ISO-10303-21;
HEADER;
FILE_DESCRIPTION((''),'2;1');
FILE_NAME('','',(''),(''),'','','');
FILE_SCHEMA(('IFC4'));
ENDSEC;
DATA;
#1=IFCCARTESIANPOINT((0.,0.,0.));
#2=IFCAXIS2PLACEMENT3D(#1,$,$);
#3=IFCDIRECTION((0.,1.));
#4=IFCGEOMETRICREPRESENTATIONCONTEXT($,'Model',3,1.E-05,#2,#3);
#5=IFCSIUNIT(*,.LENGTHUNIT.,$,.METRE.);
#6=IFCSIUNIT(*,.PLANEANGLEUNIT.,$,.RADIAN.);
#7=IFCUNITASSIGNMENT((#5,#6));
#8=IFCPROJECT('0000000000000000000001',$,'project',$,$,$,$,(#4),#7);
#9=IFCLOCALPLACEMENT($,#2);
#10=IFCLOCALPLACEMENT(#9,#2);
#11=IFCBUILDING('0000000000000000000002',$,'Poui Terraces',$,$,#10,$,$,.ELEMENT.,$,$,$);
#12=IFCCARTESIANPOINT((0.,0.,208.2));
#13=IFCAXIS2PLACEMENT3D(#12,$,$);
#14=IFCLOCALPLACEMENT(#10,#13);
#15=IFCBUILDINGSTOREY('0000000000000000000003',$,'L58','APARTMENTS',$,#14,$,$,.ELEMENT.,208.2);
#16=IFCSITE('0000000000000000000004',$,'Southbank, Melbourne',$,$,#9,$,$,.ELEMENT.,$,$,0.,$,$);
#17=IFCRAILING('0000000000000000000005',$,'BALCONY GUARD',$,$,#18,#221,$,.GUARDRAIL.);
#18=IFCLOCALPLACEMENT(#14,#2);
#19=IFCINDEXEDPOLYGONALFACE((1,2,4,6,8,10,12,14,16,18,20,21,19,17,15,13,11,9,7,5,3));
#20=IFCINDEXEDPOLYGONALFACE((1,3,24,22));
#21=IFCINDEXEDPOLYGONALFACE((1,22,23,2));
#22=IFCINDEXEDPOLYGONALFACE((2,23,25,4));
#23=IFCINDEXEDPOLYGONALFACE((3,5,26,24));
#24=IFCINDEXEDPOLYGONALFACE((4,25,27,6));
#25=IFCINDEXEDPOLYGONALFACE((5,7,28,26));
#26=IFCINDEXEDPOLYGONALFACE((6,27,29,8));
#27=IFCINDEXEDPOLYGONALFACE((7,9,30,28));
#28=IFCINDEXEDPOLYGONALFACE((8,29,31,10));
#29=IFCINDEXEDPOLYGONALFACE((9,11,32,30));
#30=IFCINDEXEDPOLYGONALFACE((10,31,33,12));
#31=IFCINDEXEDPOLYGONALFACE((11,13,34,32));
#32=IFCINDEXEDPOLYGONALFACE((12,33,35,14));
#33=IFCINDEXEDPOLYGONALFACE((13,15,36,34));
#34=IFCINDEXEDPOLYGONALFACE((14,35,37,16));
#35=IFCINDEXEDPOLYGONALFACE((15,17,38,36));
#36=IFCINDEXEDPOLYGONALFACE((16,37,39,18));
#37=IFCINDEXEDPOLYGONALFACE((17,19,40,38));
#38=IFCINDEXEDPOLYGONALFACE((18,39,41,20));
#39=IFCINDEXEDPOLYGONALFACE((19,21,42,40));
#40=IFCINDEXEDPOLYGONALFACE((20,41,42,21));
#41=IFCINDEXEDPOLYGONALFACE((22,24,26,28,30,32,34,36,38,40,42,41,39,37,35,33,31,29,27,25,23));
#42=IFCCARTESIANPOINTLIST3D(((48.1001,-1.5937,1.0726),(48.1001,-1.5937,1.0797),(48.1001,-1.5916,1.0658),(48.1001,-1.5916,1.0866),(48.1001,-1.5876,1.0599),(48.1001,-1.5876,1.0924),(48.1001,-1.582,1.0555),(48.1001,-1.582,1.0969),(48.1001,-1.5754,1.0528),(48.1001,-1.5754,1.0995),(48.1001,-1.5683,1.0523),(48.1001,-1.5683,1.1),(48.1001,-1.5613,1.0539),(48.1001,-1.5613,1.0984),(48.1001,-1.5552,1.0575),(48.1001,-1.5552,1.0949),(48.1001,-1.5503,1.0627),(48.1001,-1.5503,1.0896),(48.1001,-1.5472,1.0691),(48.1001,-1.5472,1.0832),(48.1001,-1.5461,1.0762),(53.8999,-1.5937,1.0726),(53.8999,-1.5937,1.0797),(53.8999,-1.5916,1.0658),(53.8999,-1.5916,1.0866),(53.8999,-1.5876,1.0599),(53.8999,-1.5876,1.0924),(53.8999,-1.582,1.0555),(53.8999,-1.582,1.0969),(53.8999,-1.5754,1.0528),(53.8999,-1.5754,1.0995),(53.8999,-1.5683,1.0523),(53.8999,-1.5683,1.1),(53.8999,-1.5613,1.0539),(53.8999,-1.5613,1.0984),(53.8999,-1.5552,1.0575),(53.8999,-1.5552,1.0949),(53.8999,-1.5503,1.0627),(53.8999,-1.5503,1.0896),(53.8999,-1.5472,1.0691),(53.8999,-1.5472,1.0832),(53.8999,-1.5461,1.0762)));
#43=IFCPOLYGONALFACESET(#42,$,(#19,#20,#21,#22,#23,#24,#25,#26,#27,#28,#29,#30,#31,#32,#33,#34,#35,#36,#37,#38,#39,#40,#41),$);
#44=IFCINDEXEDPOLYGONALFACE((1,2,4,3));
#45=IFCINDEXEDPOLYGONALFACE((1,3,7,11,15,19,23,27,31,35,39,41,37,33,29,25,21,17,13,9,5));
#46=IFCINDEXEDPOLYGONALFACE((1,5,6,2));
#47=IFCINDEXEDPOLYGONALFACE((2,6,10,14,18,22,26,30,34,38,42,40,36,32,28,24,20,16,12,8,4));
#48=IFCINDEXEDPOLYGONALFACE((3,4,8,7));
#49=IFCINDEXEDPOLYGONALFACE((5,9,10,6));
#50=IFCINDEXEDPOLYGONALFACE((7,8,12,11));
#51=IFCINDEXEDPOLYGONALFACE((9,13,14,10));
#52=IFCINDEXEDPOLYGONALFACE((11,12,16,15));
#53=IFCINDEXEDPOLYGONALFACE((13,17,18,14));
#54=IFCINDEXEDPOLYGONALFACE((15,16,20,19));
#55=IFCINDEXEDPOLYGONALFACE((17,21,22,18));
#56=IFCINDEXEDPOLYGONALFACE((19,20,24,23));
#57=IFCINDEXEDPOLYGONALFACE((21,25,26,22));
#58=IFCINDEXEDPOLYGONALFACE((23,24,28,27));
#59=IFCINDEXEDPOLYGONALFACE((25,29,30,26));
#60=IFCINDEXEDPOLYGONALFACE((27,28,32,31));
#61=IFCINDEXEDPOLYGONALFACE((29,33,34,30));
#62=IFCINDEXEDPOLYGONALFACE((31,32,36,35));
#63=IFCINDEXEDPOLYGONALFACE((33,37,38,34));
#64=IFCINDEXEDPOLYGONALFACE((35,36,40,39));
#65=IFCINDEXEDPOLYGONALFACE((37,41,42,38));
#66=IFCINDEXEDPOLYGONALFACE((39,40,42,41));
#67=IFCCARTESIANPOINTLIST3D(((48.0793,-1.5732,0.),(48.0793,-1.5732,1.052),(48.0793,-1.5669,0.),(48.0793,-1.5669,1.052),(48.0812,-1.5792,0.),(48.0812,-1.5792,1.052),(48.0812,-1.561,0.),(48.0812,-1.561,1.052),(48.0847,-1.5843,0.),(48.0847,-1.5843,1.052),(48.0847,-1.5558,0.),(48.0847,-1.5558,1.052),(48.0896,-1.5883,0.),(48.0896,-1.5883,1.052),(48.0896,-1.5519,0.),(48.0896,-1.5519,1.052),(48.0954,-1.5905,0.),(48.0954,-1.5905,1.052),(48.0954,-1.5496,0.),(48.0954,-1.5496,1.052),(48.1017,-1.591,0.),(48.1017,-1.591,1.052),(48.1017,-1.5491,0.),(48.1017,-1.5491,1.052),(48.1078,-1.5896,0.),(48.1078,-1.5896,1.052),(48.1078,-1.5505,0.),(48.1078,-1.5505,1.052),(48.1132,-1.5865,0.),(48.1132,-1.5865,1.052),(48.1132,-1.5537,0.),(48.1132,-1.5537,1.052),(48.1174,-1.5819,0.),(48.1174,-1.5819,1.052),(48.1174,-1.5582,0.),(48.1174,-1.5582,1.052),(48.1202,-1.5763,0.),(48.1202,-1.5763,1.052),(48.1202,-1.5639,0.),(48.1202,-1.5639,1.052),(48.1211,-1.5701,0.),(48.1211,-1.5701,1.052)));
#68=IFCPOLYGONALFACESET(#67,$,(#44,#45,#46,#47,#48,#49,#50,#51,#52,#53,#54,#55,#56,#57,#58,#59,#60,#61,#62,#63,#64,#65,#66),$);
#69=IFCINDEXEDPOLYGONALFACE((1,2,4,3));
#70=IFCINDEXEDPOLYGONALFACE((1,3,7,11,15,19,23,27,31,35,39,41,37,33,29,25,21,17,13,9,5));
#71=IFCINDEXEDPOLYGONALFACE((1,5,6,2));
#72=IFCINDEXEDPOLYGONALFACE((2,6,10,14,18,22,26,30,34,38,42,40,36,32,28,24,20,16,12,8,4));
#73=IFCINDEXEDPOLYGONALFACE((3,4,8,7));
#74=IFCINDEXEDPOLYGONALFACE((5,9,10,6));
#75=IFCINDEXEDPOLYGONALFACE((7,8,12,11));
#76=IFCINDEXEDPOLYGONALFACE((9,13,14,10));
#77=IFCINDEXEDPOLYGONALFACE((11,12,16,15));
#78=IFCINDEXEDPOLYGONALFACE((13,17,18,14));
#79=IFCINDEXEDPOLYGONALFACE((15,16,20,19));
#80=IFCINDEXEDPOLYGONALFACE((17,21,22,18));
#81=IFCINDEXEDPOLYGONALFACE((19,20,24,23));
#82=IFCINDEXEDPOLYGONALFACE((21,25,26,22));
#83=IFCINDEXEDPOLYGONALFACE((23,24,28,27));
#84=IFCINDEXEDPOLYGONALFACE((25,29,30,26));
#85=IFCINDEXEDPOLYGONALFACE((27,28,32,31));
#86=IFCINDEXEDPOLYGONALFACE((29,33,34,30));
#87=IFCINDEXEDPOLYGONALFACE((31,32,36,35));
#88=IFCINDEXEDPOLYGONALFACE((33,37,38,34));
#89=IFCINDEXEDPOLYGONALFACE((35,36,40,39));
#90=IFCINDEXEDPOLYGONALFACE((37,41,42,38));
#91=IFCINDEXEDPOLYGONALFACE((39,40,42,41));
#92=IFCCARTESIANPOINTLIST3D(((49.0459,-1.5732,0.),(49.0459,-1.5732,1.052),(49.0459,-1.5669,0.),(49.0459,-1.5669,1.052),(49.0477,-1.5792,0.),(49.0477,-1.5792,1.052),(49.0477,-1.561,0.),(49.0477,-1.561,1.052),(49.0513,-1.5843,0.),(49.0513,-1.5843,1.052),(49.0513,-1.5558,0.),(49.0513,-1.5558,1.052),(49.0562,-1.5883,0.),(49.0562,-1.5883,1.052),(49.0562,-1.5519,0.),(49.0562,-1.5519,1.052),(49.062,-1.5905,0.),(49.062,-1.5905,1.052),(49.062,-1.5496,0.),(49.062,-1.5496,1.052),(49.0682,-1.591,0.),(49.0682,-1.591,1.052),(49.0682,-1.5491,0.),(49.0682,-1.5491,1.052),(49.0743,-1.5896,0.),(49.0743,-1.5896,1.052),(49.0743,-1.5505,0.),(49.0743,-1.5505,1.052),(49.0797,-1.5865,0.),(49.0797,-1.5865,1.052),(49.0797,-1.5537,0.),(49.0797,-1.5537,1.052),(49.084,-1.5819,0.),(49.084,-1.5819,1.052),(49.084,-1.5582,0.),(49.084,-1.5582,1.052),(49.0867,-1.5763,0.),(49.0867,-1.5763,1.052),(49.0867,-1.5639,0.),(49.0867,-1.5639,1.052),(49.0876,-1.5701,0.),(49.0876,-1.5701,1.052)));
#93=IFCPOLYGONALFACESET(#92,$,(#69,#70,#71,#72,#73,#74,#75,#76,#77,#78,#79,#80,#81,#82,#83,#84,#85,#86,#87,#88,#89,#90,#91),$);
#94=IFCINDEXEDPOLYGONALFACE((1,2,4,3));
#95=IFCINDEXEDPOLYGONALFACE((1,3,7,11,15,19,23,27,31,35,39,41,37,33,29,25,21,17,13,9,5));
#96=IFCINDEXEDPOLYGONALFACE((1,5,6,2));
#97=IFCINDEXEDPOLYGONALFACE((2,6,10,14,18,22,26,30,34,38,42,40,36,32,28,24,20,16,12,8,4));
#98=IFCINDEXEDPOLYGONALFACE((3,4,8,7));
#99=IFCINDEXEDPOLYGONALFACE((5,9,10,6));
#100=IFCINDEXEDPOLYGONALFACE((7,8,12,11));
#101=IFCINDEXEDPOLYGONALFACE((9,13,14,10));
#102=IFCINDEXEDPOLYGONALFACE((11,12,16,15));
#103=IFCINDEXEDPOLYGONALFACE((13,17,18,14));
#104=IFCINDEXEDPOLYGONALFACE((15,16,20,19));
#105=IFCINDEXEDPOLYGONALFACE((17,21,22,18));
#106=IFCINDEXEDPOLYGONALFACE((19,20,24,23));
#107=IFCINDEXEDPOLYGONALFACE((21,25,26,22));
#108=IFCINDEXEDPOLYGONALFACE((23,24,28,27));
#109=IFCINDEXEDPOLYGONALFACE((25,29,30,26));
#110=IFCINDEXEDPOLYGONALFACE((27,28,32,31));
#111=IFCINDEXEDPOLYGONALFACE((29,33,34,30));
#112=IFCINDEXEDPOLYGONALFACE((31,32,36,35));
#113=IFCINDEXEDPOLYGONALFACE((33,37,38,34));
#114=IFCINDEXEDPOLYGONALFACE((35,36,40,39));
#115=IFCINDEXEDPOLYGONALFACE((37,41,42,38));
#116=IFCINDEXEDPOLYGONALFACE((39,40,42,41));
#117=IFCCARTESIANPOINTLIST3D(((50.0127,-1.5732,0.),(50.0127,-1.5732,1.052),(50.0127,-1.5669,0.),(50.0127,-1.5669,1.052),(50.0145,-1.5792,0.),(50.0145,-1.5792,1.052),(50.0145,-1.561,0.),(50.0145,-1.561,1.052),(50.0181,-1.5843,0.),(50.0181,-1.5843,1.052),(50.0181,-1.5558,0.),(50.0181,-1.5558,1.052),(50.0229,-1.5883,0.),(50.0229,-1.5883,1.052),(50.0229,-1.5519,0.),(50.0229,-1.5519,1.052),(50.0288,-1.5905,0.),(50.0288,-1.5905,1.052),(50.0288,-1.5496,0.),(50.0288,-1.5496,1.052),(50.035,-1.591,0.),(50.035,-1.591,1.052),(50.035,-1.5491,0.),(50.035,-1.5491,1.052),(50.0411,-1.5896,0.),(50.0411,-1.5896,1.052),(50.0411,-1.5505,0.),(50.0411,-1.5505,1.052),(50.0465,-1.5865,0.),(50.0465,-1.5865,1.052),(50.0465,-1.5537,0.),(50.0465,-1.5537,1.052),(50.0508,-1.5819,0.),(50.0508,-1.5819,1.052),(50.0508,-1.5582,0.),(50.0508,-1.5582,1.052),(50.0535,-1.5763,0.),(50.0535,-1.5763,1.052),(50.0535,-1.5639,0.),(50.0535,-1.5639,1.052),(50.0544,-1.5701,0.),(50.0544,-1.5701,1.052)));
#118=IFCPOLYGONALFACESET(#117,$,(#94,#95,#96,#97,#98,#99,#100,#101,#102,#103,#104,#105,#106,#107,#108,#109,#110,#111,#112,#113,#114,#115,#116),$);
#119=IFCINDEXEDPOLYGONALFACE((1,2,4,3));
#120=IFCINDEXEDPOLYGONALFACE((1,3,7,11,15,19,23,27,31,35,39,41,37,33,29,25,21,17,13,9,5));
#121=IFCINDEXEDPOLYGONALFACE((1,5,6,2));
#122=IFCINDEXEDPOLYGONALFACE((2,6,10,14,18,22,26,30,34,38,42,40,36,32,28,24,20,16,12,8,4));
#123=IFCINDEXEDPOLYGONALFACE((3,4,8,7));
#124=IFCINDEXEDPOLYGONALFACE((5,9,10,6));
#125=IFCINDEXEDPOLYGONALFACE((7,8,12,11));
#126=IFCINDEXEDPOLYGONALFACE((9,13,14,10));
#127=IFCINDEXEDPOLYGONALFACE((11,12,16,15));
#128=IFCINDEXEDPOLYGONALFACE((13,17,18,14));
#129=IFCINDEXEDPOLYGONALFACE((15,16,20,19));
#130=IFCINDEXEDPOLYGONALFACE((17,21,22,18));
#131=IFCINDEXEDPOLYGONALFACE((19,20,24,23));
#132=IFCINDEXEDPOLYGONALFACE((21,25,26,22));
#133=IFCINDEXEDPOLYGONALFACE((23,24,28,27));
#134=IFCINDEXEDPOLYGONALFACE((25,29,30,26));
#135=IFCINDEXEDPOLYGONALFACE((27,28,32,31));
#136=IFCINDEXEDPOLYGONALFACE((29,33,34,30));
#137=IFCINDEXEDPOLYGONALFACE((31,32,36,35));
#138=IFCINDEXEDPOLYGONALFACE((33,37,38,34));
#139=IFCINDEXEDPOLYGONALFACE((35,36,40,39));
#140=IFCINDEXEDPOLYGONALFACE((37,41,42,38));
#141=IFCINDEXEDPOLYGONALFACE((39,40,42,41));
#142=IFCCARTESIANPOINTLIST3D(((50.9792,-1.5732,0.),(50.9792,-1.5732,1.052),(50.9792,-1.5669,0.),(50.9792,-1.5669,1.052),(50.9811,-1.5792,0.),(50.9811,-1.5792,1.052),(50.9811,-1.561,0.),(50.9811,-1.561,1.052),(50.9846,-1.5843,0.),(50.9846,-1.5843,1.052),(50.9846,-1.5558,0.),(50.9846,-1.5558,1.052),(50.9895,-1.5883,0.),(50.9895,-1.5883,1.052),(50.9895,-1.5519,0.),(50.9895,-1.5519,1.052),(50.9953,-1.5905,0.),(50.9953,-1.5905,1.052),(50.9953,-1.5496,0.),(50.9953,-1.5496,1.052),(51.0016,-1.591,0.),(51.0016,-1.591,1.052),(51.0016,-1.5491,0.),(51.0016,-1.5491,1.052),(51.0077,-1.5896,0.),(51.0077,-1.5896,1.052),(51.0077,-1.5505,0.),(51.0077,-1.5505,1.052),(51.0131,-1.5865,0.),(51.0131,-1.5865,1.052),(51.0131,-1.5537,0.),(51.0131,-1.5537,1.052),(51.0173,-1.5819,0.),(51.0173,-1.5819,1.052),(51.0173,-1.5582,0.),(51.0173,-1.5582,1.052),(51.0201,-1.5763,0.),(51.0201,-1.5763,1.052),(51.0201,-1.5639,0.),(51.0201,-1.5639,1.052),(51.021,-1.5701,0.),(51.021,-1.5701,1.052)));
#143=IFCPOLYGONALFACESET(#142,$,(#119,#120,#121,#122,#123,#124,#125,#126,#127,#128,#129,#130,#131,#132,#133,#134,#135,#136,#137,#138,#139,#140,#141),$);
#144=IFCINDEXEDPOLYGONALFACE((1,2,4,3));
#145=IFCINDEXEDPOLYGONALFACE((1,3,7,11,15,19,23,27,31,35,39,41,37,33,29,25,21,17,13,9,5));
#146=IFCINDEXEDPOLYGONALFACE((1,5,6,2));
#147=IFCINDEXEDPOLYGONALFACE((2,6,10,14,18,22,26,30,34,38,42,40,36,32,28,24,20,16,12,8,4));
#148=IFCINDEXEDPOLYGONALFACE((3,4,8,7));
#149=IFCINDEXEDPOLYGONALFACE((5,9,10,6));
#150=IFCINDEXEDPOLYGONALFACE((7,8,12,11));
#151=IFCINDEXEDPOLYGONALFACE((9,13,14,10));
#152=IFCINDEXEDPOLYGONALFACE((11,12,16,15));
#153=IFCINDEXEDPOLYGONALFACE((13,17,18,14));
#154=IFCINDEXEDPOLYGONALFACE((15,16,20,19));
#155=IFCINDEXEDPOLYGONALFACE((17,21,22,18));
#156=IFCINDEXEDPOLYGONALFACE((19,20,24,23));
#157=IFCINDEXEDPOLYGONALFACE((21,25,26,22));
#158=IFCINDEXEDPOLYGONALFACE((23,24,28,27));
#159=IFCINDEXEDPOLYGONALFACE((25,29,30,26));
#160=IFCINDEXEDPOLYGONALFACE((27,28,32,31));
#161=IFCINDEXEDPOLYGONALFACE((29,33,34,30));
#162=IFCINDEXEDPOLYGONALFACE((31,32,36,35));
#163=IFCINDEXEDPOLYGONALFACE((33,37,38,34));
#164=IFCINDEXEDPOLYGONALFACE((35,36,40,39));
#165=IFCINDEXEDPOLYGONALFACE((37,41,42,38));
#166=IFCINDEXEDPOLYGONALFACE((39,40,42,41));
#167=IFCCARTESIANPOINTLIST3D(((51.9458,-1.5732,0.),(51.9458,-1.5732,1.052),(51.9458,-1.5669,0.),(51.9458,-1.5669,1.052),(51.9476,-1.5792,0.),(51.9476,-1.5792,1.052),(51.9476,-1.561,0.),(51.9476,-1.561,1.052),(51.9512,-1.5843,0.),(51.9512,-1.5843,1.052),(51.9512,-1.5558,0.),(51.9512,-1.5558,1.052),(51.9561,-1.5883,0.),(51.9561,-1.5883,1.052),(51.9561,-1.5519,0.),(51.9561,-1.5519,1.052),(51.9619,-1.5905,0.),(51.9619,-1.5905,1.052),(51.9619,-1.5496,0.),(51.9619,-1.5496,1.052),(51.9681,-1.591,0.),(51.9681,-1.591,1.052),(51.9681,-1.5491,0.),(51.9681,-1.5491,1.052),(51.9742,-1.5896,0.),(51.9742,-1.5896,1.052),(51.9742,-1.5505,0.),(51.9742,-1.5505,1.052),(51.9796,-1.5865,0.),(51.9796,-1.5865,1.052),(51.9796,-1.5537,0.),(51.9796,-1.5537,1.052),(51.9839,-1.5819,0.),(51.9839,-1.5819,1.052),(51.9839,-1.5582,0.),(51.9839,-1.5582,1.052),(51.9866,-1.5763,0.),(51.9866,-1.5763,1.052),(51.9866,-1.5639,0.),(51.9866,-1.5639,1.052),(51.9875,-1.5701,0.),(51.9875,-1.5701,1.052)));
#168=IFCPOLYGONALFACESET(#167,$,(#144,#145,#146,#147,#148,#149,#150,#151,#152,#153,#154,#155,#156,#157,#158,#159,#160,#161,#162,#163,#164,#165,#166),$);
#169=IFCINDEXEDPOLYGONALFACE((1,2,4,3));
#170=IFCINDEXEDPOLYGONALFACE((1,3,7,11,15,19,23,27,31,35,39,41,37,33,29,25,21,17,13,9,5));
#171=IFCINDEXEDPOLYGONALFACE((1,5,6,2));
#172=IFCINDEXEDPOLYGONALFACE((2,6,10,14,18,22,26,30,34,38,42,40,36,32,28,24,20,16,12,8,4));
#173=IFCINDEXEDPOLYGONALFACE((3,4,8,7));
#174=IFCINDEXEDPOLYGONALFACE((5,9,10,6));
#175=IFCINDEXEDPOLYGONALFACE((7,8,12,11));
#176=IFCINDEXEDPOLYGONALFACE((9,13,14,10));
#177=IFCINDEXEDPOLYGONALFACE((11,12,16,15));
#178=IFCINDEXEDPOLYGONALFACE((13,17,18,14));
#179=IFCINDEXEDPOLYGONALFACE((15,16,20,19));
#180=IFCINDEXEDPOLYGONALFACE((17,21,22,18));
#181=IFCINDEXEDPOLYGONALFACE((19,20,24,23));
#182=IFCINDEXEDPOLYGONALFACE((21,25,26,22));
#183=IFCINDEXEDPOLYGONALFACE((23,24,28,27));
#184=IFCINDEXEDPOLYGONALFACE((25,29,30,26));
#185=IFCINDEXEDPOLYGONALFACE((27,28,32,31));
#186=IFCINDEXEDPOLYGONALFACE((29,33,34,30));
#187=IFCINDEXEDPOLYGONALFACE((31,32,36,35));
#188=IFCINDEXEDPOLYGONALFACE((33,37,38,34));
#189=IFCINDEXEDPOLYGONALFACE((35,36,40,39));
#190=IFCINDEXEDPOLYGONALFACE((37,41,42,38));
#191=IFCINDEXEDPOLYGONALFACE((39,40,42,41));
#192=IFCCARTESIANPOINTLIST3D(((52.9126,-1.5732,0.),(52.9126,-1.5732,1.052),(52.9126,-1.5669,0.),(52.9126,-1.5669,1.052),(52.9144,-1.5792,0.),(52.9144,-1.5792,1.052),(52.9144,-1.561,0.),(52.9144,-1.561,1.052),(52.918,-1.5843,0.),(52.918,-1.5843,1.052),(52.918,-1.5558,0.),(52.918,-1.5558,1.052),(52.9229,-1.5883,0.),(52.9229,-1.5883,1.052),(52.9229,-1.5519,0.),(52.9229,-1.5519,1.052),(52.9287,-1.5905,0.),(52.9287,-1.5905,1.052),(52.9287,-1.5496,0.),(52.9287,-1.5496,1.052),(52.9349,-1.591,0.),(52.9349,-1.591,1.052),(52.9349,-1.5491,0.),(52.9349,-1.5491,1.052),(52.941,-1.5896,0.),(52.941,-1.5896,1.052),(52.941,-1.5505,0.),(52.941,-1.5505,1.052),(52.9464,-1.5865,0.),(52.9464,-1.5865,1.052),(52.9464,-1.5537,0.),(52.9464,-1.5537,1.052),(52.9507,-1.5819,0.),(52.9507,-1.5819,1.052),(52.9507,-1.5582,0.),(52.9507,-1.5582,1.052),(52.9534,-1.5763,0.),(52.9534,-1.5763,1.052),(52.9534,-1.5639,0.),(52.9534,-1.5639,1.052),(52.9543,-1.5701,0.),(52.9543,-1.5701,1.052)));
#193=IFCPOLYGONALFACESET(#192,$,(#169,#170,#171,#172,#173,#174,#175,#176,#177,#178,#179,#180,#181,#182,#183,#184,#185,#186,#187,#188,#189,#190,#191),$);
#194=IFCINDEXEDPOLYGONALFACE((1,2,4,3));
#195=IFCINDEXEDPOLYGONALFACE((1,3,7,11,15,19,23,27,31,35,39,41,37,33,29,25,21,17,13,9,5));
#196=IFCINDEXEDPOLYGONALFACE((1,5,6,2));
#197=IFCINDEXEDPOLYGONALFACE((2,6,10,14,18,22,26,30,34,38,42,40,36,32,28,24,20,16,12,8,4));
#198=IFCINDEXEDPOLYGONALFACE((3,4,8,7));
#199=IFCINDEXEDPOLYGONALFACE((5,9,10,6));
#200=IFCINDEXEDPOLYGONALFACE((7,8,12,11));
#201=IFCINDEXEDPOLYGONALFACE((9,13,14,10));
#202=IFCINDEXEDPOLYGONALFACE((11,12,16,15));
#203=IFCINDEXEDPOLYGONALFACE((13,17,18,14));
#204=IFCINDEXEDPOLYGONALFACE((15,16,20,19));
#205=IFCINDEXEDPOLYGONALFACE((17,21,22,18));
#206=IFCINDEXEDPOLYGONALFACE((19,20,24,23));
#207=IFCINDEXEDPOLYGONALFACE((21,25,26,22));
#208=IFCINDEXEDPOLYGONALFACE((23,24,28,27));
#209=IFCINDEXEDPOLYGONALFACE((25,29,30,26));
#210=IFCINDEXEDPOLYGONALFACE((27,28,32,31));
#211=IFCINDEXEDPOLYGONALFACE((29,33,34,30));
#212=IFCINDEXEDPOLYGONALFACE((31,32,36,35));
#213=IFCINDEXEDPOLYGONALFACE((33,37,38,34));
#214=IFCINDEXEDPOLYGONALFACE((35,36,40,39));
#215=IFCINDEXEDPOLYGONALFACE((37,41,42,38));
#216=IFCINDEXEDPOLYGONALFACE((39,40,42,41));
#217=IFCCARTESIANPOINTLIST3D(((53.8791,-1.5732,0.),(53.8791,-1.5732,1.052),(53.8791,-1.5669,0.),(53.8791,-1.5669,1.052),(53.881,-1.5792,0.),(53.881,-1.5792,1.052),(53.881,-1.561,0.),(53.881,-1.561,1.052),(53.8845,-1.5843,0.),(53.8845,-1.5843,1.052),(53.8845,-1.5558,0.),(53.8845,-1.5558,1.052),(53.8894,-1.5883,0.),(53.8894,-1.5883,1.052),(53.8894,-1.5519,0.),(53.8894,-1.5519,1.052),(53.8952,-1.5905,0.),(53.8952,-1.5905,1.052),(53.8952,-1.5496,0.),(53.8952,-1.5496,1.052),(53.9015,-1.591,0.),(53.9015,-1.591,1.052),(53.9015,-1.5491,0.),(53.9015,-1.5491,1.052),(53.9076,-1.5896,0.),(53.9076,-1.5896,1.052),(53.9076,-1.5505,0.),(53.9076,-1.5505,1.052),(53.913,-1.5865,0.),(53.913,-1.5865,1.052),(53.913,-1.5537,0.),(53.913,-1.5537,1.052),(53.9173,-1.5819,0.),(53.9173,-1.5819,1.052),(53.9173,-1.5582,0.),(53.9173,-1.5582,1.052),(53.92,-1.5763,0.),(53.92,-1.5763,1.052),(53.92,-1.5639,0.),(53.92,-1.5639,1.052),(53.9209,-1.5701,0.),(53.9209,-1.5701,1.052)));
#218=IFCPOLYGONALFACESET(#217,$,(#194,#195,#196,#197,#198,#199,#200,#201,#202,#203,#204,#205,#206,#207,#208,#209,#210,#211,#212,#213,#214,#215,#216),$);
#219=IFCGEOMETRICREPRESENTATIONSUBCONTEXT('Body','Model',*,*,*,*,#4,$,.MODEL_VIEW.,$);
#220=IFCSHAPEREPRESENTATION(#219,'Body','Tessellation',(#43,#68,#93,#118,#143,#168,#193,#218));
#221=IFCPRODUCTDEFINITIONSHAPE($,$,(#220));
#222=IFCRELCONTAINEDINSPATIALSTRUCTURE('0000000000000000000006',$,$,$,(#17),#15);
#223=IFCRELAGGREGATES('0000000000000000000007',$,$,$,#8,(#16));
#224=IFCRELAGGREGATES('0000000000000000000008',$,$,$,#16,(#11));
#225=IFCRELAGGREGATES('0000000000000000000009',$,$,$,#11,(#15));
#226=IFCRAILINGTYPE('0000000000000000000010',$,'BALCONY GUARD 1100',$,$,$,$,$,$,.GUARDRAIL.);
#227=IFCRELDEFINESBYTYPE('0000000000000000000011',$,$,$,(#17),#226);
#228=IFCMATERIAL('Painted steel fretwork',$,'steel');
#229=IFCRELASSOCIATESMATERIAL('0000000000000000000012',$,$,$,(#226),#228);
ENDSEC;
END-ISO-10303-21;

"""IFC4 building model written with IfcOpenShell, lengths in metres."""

from ifc_helpers import new_model, si_unit, direction, frame, origin, origin_2d, place, context, subcontext, project, spatial, circle, extrude, material, type_object, element, save


model = new_model("IFC4")

# Units and contexts
model_context = context("Model", 3, precision=1e-05, world=origin(), true_north=direction((0.0, 1.0)))
body_context = subcontext(model_context, "Body", "Model", "MODEL_VIEW")
ifc_project = project(units=[si_unit("LENGTHUNIT", "METRE"), si_unit("PLANEANGLEUNIT", "RADIAN")], contexts=[model_context])

# Site, building, storey
site_placement = place(None, origin())
site = spatial("IfcSite", under=ifc_project, at=site_placement, Name="Southbank, Melbourne", CompositionType="ELEMENT", RefElevation=0.0)
building_placement = place(site_placement, origin())
building = spatial("IfcBuilding", under=site, at=building_placement, Name="Poui Terraces", CompositionType="ELEMENT")
storey_placement = place(building_placement, frame((0.0, 0.0, 208.2)))
storey = spatial("IfcBuildingStorey", under=building, at=storey_placement, Name="L58", Description="APARTMENTS", CompositionType="ELEMENT", Elevation=208.2)

# Railing
ifc_material_1 = material(Name="Painted steel fretwork", Category="steel")
railing_type = type_object("IfcRailingType", Name="BALCONY GUARD 1100", PredefinedType="GUARDRAIL", material=ifc_material_1)
railing_placement = place(storey_placement, frame((48.1001, -1.5701, 0.0)))
element("IfcRailing", 1, at=railing_placement, inside=storey, type_object=railing_type, Name="BALCONY GUARD", PredefinedType="GUARDRAIL", context=body_context, shape_type="SweptSolid", body=[
    extrude(circle(Radius=0.0239, at=origin_2d()), frame((0.0, 0.0, 1.0762), z_axis=(1.0, 0.0, 0.0), x_axis=(0.0, 1.0, 0.0)), (0.0, 0.0, 1.0), 5.7998),
    extrude(circle(Radius=0.021, at=origin_2d()), origin(), (0.0, 0.0, 1.0), 1.052),
    extrude(circle(Radius=0.021, at=origin_2d()), frame((0.9666, 0.0, 0.0)), (0.0, 0.0, 1.0), 1.052),
    extrude(circle(Radius=0.021, at=origin_2d()), frame((1.9333, 0.0, 0.0)), (0.0, 0.0, 1.0), 1.052),
    extrude(circle(Radius=0.021, at=origin_2d()), frame((2.8999, 0.0, 0.0)), (0.0, 0.0, 1.0), 1.052),
    extrude(circle(Radius=0.021, at=origin_2d()), frame((3.8665, 0.0, 0.0)), (0.0, 0.0, 1.0), 1.052),
    extrude(circle(Radius=0.021, at=origin_2d()), frame((4.8333, 0.0, 0.0)), (0.0, 0.0, 1.0), 1.052),
    extrude(circle(Radius=0.021, at=origin_2d()), frame((5.7998, 0.0, 0.0)), (0.0, 0.0, 1.0), 1.052),
])

save(model, "model.ifc")
